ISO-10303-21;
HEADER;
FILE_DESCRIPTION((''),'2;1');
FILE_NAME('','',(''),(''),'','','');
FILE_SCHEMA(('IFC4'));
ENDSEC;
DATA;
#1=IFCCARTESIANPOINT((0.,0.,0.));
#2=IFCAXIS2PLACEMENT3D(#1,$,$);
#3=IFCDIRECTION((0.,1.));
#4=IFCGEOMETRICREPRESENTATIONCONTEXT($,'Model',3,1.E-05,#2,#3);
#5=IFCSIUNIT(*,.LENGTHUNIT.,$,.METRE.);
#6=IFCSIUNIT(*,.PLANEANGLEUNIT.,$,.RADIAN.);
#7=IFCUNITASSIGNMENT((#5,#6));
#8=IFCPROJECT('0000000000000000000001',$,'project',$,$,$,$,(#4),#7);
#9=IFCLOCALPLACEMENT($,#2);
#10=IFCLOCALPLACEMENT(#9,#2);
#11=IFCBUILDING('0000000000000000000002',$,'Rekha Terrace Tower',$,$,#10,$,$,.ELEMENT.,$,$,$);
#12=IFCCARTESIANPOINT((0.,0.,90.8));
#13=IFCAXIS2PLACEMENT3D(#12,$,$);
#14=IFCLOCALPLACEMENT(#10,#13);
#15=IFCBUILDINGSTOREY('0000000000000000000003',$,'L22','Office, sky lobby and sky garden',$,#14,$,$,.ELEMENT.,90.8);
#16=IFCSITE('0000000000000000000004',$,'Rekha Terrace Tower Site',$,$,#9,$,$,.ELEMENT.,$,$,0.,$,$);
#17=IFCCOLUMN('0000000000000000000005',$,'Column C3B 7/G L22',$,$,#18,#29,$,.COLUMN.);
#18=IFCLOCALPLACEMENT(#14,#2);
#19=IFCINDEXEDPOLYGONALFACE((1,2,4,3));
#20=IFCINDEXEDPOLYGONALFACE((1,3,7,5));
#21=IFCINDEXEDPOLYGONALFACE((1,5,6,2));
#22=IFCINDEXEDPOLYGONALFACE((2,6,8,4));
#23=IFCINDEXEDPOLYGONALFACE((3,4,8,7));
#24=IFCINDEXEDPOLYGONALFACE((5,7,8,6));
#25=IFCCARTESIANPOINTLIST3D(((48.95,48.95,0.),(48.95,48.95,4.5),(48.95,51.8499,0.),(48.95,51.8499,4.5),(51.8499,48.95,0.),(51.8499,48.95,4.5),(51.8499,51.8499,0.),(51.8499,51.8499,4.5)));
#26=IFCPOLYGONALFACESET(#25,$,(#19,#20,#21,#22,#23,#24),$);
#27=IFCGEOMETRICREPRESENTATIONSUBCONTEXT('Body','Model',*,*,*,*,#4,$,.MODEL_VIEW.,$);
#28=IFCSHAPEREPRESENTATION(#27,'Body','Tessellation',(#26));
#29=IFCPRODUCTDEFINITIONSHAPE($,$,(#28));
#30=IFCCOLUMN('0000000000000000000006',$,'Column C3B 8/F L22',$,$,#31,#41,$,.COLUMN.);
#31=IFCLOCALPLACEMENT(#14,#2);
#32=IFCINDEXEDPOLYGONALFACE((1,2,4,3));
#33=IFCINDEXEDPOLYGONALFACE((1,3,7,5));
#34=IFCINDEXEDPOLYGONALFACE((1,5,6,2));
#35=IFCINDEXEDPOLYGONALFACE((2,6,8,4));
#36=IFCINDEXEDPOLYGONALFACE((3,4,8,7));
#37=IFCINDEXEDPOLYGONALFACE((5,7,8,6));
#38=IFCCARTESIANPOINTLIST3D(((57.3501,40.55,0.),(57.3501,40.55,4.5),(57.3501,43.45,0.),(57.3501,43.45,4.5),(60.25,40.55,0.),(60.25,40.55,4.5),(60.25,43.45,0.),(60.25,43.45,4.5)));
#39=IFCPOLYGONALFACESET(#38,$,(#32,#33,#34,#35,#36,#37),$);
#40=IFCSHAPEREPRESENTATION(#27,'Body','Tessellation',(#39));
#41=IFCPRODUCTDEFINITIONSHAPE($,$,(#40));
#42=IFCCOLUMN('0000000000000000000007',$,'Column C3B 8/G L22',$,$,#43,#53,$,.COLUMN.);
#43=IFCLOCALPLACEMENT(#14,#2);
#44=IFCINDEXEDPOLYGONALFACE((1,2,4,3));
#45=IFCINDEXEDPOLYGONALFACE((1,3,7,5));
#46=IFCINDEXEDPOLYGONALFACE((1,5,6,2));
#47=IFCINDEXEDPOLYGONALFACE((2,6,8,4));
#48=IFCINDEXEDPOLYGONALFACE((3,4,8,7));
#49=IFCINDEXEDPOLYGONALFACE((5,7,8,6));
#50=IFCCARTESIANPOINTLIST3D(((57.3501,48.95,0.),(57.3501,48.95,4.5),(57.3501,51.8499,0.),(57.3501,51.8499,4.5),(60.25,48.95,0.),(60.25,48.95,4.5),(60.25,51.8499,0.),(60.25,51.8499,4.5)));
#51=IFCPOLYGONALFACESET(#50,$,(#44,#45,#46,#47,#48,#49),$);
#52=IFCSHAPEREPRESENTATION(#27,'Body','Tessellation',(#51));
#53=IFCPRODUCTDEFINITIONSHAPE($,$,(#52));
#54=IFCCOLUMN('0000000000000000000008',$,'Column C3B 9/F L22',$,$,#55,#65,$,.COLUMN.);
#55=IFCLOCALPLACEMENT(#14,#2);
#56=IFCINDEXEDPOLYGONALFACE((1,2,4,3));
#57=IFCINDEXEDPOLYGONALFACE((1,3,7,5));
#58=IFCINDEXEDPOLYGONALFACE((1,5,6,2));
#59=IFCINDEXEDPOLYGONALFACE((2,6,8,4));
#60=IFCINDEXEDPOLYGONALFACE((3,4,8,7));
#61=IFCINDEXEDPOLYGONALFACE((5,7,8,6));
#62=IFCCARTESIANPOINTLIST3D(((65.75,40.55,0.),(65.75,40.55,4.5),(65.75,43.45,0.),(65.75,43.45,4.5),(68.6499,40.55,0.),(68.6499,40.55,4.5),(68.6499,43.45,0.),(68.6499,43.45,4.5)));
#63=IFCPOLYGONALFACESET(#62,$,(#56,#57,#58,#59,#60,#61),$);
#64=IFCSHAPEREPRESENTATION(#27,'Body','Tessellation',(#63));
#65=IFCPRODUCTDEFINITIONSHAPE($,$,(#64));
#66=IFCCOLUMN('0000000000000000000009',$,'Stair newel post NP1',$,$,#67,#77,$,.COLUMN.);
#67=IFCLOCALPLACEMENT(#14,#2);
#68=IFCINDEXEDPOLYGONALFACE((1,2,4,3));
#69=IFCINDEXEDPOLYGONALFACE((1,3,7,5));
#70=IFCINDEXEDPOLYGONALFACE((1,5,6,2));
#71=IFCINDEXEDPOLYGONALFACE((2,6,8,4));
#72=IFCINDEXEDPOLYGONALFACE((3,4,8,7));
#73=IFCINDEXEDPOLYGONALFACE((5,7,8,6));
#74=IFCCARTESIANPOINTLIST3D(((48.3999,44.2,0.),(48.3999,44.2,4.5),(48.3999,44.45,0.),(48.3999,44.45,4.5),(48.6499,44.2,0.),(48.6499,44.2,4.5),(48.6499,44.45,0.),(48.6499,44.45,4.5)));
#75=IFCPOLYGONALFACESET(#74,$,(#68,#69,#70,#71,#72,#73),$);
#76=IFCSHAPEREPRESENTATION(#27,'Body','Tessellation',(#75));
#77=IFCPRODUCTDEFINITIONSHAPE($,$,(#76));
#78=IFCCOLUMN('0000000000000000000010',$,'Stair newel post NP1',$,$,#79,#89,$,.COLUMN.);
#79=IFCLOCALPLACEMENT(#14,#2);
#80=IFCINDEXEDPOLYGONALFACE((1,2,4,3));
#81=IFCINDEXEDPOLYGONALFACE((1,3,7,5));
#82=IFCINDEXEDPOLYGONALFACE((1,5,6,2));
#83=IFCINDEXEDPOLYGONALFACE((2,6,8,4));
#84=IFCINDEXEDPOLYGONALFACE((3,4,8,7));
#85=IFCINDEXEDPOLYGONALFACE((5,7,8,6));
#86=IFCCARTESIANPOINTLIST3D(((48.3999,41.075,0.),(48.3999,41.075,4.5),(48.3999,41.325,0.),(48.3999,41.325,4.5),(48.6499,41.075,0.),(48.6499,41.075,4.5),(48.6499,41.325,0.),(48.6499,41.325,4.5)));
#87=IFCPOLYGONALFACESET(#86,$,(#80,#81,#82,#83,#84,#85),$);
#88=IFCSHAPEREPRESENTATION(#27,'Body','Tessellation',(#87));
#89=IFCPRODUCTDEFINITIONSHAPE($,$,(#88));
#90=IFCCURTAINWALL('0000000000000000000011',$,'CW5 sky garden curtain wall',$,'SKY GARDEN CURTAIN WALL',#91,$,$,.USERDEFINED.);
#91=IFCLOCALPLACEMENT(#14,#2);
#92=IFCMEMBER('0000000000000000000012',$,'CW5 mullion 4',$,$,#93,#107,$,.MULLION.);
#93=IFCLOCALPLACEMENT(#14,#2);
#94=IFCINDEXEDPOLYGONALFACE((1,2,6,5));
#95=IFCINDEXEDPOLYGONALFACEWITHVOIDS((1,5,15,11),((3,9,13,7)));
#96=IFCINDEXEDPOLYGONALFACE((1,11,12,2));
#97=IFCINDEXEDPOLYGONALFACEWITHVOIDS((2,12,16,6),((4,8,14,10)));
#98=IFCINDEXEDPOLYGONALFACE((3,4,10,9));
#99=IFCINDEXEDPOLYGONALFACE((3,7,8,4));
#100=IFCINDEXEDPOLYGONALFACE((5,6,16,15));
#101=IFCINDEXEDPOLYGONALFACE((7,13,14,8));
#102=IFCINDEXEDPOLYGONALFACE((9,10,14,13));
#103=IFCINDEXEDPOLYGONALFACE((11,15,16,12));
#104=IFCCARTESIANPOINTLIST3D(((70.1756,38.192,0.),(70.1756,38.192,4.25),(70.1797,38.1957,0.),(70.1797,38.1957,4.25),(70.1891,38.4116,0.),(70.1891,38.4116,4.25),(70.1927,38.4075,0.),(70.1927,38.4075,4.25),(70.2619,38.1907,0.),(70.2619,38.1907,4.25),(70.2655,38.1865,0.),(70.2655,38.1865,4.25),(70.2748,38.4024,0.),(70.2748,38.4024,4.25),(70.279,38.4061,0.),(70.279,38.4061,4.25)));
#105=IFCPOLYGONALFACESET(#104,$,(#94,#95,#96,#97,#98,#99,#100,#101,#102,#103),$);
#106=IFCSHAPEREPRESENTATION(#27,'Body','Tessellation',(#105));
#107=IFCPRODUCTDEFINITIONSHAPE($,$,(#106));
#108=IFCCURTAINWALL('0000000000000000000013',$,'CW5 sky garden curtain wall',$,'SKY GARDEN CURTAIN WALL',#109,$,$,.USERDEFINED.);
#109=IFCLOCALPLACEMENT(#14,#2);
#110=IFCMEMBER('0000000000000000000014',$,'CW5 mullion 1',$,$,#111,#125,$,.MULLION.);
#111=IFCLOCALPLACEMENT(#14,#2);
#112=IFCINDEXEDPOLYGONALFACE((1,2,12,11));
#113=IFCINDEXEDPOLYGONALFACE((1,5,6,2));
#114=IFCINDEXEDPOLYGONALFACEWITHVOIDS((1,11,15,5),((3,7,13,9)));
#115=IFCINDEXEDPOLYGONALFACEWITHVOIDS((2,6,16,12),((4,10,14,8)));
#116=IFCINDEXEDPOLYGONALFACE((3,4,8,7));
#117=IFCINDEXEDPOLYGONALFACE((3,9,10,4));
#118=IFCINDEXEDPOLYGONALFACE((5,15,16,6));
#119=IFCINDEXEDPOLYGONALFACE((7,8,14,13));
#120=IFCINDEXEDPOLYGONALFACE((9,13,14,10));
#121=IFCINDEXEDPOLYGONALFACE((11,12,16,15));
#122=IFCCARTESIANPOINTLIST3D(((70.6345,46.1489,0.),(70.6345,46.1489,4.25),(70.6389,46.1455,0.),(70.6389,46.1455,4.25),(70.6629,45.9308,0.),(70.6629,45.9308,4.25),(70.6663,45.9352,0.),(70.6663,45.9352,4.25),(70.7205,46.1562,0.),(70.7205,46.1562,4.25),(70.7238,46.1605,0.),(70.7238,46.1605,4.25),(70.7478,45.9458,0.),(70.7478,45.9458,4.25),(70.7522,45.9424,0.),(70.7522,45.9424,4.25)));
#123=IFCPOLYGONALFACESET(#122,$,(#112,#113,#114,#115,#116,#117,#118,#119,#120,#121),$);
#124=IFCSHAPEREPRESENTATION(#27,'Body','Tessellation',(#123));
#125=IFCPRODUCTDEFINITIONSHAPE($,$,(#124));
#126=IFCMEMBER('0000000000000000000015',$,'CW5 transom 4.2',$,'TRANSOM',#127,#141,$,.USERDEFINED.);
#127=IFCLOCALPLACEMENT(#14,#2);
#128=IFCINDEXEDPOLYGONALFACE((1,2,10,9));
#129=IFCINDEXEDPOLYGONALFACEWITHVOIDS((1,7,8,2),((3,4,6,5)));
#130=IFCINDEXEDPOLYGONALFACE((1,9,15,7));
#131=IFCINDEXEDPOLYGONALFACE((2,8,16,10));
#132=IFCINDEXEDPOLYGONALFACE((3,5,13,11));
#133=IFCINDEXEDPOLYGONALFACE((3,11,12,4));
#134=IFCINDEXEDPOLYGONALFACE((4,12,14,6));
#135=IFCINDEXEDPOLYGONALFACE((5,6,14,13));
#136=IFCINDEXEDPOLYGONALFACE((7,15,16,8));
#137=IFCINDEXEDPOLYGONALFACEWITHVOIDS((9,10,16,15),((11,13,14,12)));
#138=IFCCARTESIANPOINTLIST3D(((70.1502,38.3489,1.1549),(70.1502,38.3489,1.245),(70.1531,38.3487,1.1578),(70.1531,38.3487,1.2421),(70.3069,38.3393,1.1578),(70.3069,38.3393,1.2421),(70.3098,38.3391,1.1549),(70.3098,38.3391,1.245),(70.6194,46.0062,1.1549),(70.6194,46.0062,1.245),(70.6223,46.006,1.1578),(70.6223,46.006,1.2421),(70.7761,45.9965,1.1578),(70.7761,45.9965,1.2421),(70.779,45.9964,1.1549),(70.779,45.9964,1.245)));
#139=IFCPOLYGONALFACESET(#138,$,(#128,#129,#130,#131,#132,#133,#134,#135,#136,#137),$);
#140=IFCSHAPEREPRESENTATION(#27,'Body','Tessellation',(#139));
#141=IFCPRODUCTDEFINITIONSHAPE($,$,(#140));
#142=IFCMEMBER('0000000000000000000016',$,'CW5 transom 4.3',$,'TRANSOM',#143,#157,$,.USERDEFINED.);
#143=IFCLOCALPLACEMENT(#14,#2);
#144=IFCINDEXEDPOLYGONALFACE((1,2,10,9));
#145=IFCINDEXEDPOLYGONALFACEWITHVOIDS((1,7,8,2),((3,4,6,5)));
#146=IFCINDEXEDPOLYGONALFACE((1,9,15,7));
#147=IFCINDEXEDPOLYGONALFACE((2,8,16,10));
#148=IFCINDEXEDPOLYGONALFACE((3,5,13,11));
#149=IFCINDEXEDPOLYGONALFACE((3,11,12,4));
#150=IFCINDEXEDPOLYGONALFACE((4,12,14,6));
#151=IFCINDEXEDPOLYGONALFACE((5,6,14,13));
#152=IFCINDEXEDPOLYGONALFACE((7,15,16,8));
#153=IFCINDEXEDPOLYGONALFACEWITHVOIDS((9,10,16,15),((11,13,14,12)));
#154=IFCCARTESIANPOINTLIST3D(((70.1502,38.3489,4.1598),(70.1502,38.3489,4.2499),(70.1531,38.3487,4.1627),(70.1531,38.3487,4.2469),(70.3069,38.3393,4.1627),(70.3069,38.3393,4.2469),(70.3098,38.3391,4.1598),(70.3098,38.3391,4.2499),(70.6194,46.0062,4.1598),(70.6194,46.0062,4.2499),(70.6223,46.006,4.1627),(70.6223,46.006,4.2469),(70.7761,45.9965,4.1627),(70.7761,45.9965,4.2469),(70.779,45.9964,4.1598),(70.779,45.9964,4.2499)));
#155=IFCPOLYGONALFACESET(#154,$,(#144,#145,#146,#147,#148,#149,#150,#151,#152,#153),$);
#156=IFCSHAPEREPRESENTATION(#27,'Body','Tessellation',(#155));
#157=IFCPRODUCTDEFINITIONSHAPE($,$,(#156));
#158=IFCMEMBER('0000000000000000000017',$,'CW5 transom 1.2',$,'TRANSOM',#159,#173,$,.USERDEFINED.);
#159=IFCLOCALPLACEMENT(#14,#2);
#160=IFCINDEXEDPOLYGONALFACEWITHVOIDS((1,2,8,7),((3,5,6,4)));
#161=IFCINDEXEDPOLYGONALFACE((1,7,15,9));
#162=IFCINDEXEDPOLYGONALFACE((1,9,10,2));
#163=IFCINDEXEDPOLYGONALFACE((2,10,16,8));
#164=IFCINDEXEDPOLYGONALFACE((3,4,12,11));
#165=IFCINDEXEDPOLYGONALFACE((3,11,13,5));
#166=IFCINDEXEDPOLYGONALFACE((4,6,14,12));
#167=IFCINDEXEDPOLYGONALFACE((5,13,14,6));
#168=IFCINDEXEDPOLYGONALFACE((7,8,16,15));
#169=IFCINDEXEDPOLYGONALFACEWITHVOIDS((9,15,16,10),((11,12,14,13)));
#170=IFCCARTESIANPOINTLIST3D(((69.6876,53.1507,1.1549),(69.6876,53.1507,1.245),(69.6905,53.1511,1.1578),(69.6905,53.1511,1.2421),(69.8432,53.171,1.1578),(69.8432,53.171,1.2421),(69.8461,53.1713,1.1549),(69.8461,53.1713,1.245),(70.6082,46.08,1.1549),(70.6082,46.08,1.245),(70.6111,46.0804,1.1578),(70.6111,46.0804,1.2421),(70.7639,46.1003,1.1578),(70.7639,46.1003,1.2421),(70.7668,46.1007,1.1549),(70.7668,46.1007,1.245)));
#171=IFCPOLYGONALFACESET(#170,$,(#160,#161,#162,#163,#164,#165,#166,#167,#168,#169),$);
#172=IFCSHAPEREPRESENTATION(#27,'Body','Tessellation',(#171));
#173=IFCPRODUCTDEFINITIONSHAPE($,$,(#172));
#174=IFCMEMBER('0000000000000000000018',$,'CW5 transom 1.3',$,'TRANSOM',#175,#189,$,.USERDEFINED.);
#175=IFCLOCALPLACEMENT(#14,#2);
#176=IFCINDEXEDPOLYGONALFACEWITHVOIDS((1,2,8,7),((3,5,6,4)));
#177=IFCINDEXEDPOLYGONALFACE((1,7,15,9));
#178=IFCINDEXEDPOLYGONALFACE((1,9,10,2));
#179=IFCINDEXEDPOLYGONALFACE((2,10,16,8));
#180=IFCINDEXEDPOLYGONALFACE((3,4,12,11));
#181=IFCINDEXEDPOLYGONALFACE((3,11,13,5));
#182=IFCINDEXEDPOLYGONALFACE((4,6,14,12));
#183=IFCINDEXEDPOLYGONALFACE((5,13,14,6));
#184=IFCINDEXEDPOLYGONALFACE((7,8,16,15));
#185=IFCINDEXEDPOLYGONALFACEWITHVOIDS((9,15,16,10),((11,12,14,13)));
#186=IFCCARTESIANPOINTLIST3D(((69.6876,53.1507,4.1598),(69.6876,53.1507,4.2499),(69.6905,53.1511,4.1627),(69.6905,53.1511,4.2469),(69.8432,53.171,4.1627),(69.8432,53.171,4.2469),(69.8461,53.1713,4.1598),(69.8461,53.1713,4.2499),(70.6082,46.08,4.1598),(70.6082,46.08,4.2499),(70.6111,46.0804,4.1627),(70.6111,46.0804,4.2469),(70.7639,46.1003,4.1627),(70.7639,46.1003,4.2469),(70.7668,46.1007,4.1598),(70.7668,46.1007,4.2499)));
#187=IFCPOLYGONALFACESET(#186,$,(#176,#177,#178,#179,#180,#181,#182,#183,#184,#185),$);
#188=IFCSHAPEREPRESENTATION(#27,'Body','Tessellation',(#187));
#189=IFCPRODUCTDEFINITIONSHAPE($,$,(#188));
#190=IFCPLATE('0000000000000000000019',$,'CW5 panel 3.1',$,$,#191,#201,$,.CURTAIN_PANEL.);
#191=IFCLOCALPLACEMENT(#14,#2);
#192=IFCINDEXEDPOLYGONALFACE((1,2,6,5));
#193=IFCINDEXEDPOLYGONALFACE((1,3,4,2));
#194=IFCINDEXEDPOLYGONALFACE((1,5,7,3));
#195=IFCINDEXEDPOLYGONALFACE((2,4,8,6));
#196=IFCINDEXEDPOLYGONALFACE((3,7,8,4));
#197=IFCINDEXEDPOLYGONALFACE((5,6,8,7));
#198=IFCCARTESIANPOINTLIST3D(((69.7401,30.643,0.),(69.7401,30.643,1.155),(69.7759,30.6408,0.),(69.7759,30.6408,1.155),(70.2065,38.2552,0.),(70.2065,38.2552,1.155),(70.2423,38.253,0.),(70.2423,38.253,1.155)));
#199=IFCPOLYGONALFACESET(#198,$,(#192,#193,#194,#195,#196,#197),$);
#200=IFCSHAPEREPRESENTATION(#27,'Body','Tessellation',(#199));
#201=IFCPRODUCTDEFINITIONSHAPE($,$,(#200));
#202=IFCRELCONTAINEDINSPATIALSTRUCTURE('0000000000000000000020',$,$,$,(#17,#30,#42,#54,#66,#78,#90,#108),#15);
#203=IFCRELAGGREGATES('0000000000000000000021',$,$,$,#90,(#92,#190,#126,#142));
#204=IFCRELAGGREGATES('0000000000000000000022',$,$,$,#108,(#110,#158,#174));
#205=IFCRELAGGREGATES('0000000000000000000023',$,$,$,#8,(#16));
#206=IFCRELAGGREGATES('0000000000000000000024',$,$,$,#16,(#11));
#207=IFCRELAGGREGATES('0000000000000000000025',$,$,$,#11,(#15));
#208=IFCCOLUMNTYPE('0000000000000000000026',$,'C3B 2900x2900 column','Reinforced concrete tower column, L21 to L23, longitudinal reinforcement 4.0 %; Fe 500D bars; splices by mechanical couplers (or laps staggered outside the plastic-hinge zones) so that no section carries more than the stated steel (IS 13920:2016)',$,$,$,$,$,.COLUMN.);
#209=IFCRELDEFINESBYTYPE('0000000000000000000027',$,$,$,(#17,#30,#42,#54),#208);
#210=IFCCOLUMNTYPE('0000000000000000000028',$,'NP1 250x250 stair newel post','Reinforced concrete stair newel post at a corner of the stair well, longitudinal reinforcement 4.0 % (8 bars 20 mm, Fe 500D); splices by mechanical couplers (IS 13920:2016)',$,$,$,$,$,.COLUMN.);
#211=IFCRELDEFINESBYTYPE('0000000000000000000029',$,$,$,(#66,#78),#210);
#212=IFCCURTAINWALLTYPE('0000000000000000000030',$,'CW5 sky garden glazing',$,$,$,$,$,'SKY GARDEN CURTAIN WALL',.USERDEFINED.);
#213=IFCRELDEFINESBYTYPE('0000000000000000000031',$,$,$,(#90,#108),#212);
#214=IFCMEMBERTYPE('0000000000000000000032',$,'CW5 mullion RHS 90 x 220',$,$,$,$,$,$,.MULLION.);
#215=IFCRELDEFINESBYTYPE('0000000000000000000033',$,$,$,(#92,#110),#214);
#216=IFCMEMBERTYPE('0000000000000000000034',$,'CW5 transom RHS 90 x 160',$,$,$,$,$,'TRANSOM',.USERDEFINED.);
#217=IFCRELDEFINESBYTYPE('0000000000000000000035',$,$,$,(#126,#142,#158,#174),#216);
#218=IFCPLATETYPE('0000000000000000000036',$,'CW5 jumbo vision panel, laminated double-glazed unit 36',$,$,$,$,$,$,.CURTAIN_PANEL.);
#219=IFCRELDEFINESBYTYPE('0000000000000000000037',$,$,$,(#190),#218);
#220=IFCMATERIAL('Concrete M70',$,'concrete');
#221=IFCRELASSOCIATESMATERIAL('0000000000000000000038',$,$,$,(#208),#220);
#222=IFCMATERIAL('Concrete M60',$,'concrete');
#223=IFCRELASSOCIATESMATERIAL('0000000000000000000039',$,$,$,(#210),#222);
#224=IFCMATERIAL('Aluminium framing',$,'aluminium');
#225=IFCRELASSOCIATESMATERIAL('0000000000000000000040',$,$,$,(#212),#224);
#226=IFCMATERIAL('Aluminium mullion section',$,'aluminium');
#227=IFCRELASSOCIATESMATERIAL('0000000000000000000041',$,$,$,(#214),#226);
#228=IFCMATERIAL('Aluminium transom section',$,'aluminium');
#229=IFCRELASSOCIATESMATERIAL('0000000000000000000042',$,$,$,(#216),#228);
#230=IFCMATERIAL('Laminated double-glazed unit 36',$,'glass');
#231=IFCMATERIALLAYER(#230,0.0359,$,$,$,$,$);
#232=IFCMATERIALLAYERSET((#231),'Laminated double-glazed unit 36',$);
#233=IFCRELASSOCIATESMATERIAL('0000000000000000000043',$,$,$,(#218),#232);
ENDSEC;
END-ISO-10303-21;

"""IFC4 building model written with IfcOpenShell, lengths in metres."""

from ifc_helpers import new_model, si_unit, direction, frame, origin, origin_2d, place, context, subcontext, project, spatial, rectangle, hollow_rectangle, extrude, material, layer, layer_set, material_profile, profile_set, type_object, element, aggregate, save


model = new_model("IFC4")

# Units and contexts
model_context = context("Model", 3, precision=1e-05, world=origin(), true_north=direction((0.0, 1.0)))
body_context = subcontext(model_context, "Body", "Model", "MODEL_VIEW")
ifc_project = project(units=[si_unit("LENGTHUNIT", "METRE"), si_unit("PLANEANGLEUNIT", "RADIAN")], contexts=[model_context])

# Site, building, storey
site_placement = place(None, origin())
site = spatial("IfcSite", under=ifc_project, at=site_placement, Name="Rekha Terrace Tower Site", CompositionType="ELEMENT", RefElevation=0.0)
building_placement = place(site_placement, origin())
building = spatial("IfcBuilding", under=site, at=building_placement, Name="Rekha Terrace Tower", CompositionType="ELEMENT")
storey_placement = place(building_placement, frame((0.0, 0.0, 90.8)))
storey = spatial("IfcBuildingStorey", under=building, at=storey_placement, Name="L22", Description="Office, sky lobby and sky garden", CompositionType="ELEMENT", Elevation=90.8)

# Columns
ifc_material_1 = material(Name="Concrete M70", Category="concrete")
ifc_material_profile_1 = material_profile(ifc_material_1, rectangle(XDim=2.8999, YDim=2.8999, at=origin_2d()), Name="RC 2900x2900")
ifc_profile_set_1 = profile_set([ifc_material_profile_1], Name="Concrete M70")
column_type_1 = type_object("IfcColumnType", Name="C3B 2900x2900 column", Description="Reinforced concrete tower column, L21 to L23, longitudinal reinforcement 4.0 %; Fe 500D bars; splices by mechanical couplers (or laps staggered outside the plastic-hinge zones) so that no section carries more than the stated steel (IS 13920:2016)", PredefinedType="COLUMN", material=ifc_profile_set_1)
for number, where, z_axis, x_axis, name in (
    (1, (50.3999, 50.3999, 0.0), (0.0, 0.0, 1.0), (1.0, 0.0, 0.0), "Column C3B 7/G L22"),
    (2, (58.8, 42.0, 0.0), (0.0, 0.0, 1.0), (1.0, 0.0, 0.0), "Column C3B 8/F L22"),
    (3, (58.8, 50.3999, 0.0), (0.0, 0.0, 1.0), (1.0, 0.0, 0.0), "Column C3B 8/G L22"),
    (4, (67.2, 42.0, 0.0), (0.0, 0.0, 1.0), (1.0, 0.0, 0.0), "Column C3B 9/F L22"),
):
    element("IfcColumn", number, at=place(storey_placement, frame(where, z_axis=z_axis, x_axis=x_axis)), inside=storey, type_object=column_type_1, Name=name, PredefinedType="COLUMN", context=body_context, shape_type="SweptSolid", body=[
        extrude(rectangle(XDim=2.8999, YDim=2.8999, at=origin_2d()), origin(), (0.0, 0.0, 1.0), 4.5),
    ])
ifc_material_2 = material(Name="Concrete M60", Category="concrete")
ifc_material_profile_2 = material_profile(ifc_material_2, rectangle(XDim=0.25, YDim=0.25, at=origin_2d()), Name="RC 250x250")
ifc_profile_set_2 = profile_set([ifc_material_profile_2], Name="Concrete M60")
column_type_2 = type_object("IfcColumnType", Name="NP1 250x250 stair newel post", Description="Reinforced concrete stair newel post at a corner of the stair well, longitudinal reinforcement 4.0 % (8 bars 20 mm, Fe 500D); splices by mechanical couplers (IS 13920:2016)", PredefinedType="COLUMN", material=ifc_profile_set_2)
for number, where, z_axis, x_axis, name in (
    (5, (48.5249, 44.325, 0.0), (0.0, 0.0, 1.0), (1.0, 0.0, 0.0), "Stair newel post NP1"),
    (6, (48.5249, 41.2, 0.0), (0.0, 0.0, 1.0), (1.0, 0.0, 0.0), "Stair newel post NP1"),
):
    element("IfcColumn", number, at=place(storey_placement, frame(where, z_axis=z_axis, x_axis=x_axis)), inside=storey, type_object=column_type_2, Name=name, PredefinedType="COLUMN", context=body_context, shape_type="SweptSolid", body=[
        extrude(rectangle(XDim=0.25, YDim=0.25, at=origin_2d()), origin(), (0.0, 0.0, 1.0), 4.5),
    ])

# Curtain walls, members
ifc_material_3 = material(Name="Aluminium framing", Category="aluminium")
curtain_wall_type = type_object("IfcCurtainWallType", Name="CW5 sky garden glazing", ElementType="SKY GARDEN CURTAIN WALL", PredefinedType="USERDEFINED", material=ifc_material_3)
curtain_wall_1_placement = place(storey_placement, origin())
curtain_wall_1 = element("IfcCurtainWall", 7, at=curtain_wall_1_placement, inside=storey, type_object=curtain_wall_type, Name="CW5 sky garden curtain wall", ObjectType="SKY GARDEN CURTAIN WALL", PredefinedType="USERDEFINED")
ifc_material_4 = material(Name="Aluminium mullion section", Category="aluminium")
ifc_material_profile_3 = material_profile(ifc_material_4, hollow_rectangle(XDim=0.0901, YDim=0.22, WallThickness=0.0039, at=origin_2d()), Name="AL RHS 90x220")
ifc_profile_set_3 = profile_set([ifc_material_profile_3], Name="Aluminium mullion section")
member_type_1 = type_object("IfcMemberType", Name="CW5 mullion RHS 90 x 220", PredefinedType="MULLION", material=ifc_profile_set_3)
member_1_placement = place(storey_placement, frame((70.2273, 38.2991, 0.0), z_axis=(0.0, 0.0, 1.0), x_axis=(-0.998128, 0.06116, 0.0)))
member_1 = element("IfcMember", 8, at=member_1_placement, type_object=member_type_1, Name="CW5 mullion 4", PredefinedType="MULLION", context=body_context, shape_type="SweptSolid", body=[
    extrude(hollow_rectangle(XDim=0.0901, YDim=0.22, WallThickness=0.0039, at=origin_2d()), origin(), (0.0, 0.0, 1.0), 4.25),
])
curtain_wall_2_placement = place(storey_placement, origin())
curtain_wall_2 = element("IfcCurtainWall", 9, at=curtain_wall_2_placement, inside=storey, type_object=curtain_wall_type, Name="CW5 sky garden curtain wall", ObjectType="SKY GARDEN CURTAIN WALL", PredefinedType="USERDEFINED")
member_2_placement = place(storey_placement, frame((70.6934, 46.0457, 0.0), z_axis=(0.0, 0.0, 1.0), x_axis=(-0.991629, -0.129118, 0.0)))
member_2 = element("IfcMember", 10, at=member_2_placement, type_object=member_type_1, Name="CW5 mullion 1", PredefinedType="MULLION", context=body_context, shape_type="SweptSolid", body=[
    extrude(hollow_rectangle(XDim=0.0901, YDim=0.22, WallThickness=0.0039, at=origin_2d()), origin(), (0.0, 0.0, 1.0), 4.25),
])

# Members
ifc_material_5 = material(Name="Aluminium transom section", Category="aluminium")
ifc_material_profile_4 = material_profile(ifc_material_5, hollow_rectangle(XDim=0.1599, YDim=0.0901, WallThickness=0.0029, at=origin_2d()), Name="AL RHS 160x90")
ifc_profile_set_4 = profile_set([ifc_material_profile_4], Name="Aluminium transom section")
member_type_2 = type_object("IfcMemberType", Name="CW5 transom RHS 90 x 160", ElementType="TRANSOM", PredefinedType="USERDEFINED", material=ifc_profile_set_4)
member_3_placement = place(storey_placement, frame((70.23, 38.344, 1.2), z_axis=(0.061166, 0.998128, 0.0), x_axis=(-0.998128, 0.061166, 0.0)))
member_3 = element("IfcMember", 11, at=member_3_placement, type_object=member_type_2, Name="CW5 transom 4.2", ObjectType="TRANSOM", PredefinedType="USERDEFINED", context=body_context, shape_type="SweptSolid", body=[
    extrude(hollow_rectangle(XDim=0.1599, YDim=0.0901, WallThickness=0.0029, at=origin_2d()), origin(), (0.0, 0.0, 1.0), 7.6716),
])
member_4_placement = place(storey_placement, frame((70.23, 38.344, 4.2048), z_axis=(0.061166, 0.998128, 0.0), x_axis=(-0.998128, 0.061166, 0.0)))
member_4 = element("IfcMember", 12, at=member_4_placement, type_object=member_type_2, Name="CW5 transom 4.3", ObjectType="TRANSOM", PredefinedType="USERDEFINED", context=body_context, shape_type="SweptSolid", body=[
    extrude(hollow_rectangle(XDim=0.1599, YDim=0.0901, WallThickness=0.0029, at=origin_2d()), origin(), (0.0, 0.0, 1.0), 7.6716),
])
member_5_placement = place(storey_placement, frame((70.6875, 46.0903, 1.2), z_axis=(-0.129115, 0.99163, 0.0), x_axis=(-0.99163, -0.129115, 0.0)))
member_5 = element("IfcMember", 13, at=member_5_placement, type_object=member_type_2, Name="CW5 transom 1.2", ObjectType="TRANSOM", PredefinedType="USERDEFINED", context=body_context, shape_type="SweptSolid", body=[
    extrude(hollow_rectangle(XDim=0.1599, YDim=0.0901, WallThickness=0.0029, at=origin_2d()), origin(), (0.0, 0.0, 1.0), 7.1304),
])
member_6_placement = place(storey_placement, frame((70.6875, 46.0903, 4.2048), z_axis=(-0.129115, 0.99163, 0.0), x_axis=(-0.99163, -0.129115, 0.0)))
member_6 = element("IfcMember", 14, at=member_6_placement, type_object=member_type_2, Name="CW5 transom 1.3", ObjectType="TRANSOM", PredefinedType="USERDEFINED", context=body_context, shape_type="SweptSolid", body=[
    extrude(hollow_rectangle(XDim=0.1599, YDim=0.0901, WallThickness=0.0029, at=origin_2d()), origin(), (0.0, 0.0, 1.0), 7.1304),
])

# Plate
ifc_material_6 = material(Name="Laminated double-glazed unit 36", Category="glass")
ifc_layer_1 = layer(ifc_material_6, 0.0359)
ifc_layer_set_1 = layer_set([ifc_layer_1], Name="Laminated double-glazed unit 36")
plate_type = type_object("IfcPlateType", Name="CW5 jumbo vision panel, laminated double-glazed unit 36", PredefinedType="CURTAIN_PANEL", material=ifc_layer_set_1)
plate_1_placement = place(storey_placement, frame((69.9912, 34.448, 0.0), z_axis=(0.0, 0.0, 1.0), x_axis=(0.06116, 0.998128, 0.0)))
plate_1 = element("IfcPlate", 15, at=plate_1_placement, type_object=plate_type, Name="CW5 panel 3.1", PredefinedType="CURTAIN_PANEL", context=body_context, shape_type="SweptSolid", body=[
    extrude(rectangle(XDim=7.6265, YDim=0.0359, at=origin_2d()), origin(), (0.0, 0.0, 1.0), 1.155),
])
aggregate(curtain_wall_1, [member_1, plate_1, member_3, member_4])
aggregate(curtain_wall_2, [member_2, member_5, member_6])

save(model, "model.ifc")
